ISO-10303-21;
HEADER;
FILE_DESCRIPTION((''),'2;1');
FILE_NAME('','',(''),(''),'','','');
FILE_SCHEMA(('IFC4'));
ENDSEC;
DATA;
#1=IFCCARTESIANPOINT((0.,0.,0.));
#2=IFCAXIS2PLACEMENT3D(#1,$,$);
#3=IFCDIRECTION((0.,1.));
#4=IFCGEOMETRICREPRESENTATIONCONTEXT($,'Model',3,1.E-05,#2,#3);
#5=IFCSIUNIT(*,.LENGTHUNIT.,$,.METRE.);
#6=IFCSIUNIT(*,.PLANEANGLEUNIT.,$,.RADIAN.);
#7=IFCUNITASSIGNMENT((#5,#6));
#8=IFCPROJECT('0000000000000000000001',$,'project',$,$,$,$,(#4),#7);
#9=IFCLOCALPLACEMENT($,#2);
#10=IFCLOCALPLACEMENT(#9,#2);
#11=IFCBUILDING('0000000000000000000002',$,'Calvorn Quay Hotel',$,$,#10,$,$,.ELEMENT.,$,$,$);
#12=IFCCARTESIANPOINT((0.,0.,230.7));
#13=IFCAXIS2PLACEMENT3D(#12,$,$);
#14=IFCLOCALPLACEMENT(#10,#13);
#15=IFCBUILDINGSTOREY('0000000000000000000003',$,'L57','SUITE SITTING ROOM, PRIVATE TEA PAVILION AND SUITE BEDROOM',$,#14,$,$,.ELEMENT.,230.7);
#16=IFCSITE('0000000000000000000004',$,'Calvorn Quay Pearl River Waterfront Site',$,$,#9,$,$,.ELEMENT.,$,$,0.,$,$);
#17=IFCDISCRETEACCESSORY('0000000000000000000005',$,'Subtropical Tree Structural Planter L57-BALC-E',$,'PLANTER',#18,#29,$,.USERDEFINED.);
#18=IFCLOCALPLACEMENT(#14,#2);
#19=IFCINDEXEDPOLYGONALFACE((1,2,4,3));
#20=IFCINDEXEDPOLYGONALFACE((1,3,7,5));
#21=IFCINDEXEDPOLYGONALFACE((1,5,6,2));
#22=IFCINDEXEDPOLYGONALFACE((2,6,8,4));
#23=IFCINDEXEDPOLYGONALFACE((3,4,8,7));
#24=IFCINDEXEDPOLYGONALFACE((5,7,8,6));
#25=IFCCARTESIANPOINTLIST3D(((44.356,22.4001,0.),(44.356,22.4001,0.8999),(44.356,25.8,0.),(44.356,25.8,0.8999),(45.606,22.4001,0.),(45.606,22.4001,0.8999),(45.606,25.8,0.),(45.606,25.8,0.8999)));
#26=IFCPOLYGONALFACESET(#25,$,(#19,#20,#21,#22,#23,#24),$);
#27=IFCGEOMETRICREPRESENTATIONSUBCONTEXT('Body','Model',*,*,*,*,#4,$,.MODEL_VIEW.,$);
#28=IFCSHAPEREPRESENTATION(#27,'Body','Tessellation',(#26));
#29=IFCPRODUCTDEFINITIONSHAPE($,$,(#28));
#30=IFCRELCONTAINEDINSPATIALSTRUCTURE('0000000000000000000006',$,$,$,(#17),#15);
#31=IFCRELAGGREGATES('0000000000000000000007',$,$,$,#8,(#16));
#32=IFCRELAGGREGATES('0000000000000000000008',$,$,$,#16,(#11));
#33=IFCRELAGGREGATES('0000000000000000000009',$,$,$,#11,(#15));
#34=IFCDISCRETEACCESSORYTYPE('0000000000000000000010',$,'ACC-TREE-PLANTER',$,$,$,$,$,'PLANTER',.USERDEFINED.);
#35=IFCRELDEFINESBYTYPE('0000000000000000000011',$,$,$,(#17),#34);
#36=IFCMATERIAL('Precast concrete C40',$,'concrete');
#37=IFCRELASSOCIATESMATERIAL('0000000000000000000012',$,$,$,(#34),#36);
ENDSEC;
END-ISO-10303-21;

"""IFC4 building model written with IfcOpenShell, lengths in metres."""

from ifc_helpers import new_model, si_unit, direction, frame, origin, origin_2d, place, context, subcontext, project, spatial, rectangle, extrude, material, type_object, element, save


model = new_model("IFC4")

# Units and contexts
model_context = context("Model", 3, precision=1e-05, world=origin(), true_north=direction((0.0, 1.0)))
body_context = subcontext(model_context, "Body", "Model", "MODEL_VIEW")
ifc_project = project(units=[si_unit("LENGTHUNIT", "METRE"), si_unit("PLANEANGLEUNIT", "RADIAN")], contexts=[model_context])

# Site, building, storey
site_placement = place(None, origin())
site = spatial("IfcSite", under=ifc_project, at=site_placement, Name="Calvorn Quay Pearl River Waterfront Site", CompositionType="ELEMENT", RefElevation=0.0)
building_placement = place(site_placement, origin())
building = spatial("IfcBuilding", under=site, at=building_placement, Name="Calvorn Quay Hotel", CompositionType="ELEMENT")
storey_placement = place(building_placement, frame((0.0, 0.0, 230.7)))
storey = spatial("IfcBuildingStorey", under=building, at=storey_placement, Name="L57", Description="SUITE SITTING ROOM, PRIVATE TEA PAVILION AND SUITE BEDROOM", CompositionType="ELEMENT", Elevation=230.7)

# Discrete accessory
ifc_material_1 = material(Name="Precast concrete C40", Category="concrete")
discrete_accessory_type = type_object("IfcDiscreteAccessoryType", Name="ACC-TREE-PLANTER", ElementType="PLANTER", PredefinedType="USERDEFINED", material=ifc_material_1)
discrete_accessory_placement = place(storey_placement, frame((44.981, 24.1001, 0.0), z_axis=(0.0, 0.0, 1.0), x_axis=(1.0, 0.0, 0.0)))
element("IfcDiscreteAccessory", 1, at=discrete_accessory_placement, inside=storey, type_object=discrete_accessory_type, Name="Subtropical Tree Structural Planter L57-BALC-E", ObjectType="PLANTER", PredefinedType="USERDEFINED", context=body_context, shape_type="SweptSolid", body=[
    extrude(rectangle(XDim=1.25, YDim=3.3999, at=origin_2d()), origin(), (0.0, 0.0, 1.0), 0.8999),
])

save(model, "model.ifc")
